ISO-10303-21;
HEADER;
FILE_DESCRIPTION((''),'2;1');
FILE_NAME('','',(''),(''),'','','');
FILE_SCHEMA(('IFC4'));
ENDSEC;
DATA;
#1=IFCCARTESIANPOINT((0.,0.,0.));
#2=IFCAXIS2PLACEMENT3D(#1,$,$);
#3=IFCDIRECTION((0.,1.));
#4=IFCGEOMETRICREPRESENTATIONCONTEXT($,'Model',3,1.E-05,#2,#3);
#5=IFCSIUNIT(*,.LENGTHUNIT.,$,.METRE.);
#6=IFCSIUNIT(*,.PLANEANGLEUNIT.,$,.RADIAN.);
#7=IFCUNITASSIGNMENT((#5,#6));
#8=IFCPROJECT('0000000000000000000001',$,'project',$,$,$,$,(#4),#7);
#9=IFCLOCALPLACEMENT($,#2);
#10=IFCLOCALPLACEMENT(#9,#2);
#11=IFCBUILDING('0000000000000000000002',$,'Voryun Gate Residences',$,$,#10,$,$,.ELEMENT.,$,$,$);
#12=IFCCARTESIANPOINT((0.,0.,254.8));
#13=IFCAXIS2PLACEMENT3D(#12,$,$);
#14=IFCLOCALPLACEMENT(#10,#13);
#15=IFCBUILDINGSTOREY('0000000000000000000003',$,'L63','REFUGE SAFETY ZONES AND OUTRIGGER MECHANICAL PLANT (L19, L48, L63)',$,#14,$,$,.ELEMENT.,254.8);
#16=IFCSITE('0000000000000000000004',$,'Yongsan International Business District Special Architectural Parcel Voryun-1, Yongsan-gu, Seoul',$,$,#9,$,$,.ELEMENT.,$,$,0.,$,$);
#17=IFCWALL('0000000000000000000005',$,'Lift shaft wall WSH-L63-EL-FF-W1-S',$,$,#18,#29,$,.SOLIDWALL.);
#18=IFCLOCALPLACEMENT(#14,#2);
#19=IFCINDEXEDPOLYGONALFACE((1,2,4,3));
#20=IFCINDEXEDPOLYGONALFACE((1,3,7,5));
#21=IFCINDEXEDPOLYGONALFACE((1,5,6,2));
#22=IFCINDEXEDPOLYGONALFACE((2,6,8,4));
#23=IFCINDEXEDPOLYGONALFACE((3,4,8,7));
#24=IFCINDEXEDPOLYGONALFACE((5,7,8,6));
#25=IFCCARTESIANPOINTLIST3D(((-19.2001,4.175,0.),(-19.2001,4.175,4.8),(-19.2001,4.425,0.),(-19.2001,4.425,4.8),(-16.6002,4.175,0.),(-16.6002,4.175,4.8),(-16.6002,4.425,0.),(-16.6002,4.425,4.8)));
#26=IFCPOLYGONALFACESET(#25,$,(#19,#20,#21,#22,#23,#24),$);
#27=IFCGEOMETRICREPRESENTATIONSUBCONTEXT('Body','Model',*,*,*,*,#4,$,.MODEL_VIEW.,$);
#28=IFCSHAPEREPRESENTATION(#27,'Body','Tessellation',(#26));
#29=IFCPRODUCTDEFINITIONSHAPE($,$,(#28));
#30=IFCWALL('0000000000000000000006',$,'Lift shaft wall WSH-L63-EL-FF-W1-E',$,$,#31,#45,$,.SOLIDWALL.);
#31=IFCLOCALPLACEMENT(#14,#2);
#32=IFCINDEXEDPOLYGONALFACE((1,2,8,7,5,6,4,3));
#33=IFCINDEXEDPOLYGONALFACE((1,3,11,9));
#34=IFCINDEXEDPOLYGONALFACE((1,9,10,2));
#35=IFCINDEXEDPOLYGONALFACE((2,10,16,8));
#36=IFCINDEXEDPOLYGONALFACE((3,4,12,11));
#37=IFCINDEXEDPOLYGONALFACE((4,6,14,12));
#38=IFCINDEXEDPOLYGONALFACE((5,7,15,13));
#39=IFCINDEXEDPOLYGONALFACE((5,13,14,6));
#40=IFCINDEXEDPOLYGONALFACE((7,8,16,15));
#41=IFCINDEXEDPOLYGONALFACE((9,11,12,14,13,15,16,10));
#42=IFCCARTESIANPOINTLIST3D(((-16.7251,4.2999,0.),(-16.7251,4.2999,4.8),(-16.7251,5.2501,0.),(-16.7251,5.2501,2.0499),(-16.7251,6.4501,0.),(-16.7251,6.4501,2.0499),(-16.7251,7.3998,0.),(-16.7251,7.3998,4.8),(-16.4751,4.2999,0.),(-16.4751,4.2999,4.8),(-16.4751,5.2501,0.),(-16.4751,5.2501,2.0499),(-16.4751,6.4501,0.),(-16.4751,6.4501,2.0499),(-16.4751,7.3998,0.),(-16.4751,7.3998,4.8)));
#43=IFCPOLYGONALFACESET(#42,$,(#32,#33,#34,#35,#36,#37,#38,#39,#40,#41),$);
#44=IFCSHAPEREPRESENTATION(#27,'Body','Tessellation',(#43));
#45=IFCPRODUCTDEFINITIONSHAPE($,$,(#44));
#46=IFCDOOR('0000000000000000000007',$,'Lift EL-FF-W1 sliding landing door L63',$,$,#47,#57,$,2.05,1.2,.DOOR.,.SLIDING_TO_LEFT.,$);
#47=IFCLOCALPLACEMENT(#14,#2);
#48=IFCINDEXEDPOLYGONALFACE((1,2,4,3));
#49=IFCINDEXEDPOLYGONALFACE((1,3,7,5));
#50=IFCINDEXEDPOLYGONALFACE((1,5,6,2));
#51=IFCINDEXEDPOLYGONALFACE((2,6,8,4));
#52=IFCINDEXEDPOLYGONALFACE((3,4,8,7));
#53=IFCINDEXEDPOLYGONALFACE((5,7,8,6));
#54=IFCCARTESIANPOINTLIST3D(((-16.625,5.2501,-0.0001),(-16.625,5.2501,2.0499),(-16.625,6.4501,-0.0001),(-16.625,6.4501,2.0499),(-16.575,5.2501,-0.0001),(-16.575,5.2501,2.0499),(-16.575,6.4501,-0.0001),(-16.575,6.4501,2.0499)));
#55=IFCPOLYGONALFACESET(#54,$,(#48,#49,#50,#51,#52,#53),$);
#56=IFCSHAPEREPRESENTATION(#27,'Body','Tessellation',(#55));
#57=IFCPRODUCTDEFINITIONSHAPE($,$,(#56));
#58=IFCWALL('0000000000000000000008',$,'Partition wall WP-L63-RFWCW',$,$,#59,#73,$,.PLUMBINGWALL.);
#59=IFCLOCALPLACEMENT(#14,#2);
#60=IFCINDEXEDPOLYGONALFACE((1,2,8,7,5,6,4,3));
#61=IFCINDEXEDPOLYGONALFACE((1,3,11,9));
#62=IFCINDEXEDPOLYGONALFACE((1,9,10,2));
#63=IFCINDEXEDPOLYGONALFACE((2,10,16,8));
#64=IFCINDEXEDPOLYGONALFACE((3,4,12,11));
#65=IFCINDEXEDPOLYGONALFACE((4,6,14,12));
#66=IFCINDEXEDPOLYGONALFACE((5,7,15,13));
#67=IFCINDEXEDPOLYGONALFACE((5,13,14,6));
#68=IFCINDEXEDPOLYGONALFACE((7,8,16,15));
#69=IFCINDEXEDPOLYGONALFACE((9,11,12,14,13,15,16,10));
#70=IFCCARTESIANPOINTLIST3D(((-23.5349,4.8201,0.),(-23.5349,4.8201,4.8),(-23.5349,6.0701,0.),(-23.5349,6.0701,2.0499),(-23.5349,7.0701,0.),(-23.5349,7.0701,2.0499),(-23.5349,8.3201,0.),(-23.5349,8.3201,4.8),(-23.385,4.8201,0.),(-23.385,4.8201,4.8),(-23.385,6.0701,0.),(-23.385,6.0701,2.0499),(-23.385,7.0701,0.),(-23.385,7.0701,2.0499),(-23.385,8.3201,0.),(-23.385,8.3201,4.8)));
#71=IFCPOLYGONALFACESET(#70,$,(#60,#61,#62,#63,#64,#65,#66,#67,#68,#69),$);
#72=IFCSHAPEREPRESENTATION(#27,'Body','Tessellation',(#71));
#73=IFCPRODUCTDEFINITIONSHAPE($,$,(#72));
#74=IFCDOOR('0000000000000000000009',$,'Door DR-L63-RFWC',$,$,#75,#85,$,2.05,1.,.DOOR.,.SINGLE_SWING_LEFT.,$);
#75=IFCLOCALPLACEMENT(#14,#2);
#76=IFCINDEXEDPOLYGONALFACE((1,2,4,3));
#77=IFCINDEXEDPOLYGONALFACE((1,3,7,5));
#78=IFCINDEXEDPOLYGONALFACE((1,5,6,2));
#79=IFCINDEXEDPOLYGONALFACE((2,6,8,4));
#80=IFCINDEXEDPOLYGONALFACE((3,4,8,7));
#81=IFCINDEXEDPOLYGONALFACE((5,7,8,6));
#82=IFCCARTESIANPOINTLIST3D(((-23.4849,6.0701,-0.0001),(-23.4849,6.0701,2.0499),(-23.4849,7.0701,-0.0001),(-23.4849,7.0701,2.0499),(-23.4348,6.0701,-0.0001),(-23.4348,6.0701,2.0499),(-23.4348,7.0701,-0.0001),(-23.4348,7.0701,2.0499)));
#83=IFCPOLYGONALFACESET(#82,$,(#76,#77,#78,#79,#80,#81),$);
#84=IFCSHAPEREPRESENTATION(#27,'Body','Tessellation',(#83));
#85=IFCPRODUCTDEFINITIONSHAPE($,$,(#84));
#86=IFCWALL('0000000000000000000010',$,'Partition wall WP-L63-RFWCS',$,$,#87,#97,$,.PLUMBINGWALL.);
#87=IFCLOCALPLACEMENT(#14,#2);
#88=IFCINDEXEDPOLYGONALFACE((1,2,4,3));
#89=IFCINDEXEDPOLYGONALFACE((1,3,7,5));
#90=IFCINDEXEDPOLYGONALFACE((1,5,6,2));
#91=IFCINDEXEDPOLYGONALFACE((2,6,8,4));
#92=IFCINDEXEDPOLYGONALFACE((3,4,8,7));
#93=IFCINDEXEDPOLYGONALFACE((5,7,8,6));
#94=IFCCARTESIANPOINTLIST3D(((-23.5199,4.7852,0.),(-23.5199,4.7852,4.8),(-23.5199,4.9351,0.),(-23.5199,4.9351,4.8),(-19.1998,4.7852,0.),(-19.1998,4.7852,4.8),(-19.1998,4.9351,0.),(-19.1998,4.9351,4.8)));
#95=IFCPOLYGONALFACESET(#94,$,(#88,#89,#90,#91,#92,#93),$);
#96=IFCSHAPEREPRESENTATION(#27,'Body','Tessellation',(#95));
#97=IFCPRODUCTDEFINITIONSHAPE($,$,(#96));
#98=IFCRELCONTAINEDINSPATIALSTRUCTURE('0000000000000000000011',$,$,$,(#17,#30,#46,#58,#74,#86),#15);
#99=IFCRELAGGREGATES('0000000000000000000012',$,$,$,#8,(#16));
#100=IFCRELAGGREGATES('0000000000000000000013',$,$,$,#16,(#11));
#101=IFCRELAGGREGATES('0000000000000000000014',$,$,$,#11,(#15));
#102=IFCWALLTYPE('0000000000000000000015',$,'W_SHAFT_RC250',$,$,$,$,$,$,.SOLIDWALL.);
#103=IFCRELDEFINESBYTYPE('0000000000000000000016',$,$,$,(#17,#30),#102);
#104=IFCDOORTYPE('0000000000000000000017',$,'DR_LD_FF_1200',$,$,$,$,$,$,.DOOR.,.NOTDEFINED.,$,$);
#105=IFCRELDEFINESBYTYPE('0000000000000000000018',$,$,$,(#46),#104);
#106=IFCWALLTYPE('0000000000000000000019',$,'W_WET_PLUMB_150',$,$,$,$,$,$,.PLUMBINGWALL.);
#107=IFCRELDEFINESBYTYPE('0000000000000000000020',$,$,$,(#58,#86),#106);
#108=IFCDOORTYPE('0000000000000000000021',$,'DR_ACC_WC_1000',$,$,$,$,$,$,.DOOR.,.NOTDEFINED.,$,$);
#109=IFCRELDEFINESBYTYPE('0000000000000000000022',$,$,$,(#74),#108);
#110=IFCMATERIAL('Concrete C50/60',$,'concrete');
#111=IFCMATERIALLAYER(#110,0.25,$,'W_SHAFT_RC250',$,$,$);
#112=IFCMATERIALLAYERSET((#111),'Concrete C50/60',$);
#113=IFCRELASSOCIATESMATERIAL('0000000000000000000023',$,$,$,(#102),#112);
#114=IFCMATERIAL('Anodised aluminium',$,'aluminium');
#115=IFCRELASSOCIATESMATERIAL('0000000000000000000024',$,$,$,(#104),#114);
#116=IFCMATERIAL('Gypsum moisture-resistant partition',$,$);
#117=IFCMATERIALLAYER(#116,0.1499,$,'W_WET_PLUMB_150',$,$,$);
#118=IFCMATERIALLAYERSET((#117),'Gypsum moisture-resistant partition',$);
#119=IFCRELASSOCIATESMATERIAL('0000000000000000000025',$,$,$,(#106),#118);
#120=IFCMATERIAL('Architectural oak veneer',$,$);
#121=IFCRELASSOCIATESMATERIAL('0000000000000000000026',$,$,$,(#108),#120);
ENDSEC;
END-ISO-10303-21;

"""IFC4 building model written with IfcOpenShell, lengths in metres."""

from ifc_helpers import new_model, si_unit, direction, frame, frame_2d, origin, place, context, subcontext, project, spatial, rectangle, extrude, material, layer, layer_set, type_object, element, fill, save


model = new_model("IFC4")

# Units and contexts
model_context = context("Model", 3, precision=1e-05, world=origin(), true_north=direction((0.0, 1.0)))
body_context = subcontext(model_context, "Body", "Model", "MODEL_VIEW")
ifc_project = project(units=[si_unit("LENGTHUNIT", "METRE"), si_unit("PLANEANGLEUNIT", "RADIAN")], contexts=[model_context])

# Site, building, storey
site_placement = place(None, origin())
site = spatial("IfcSite", under=ifc_project, at=site_placement, Name="Yongsan International Business District Special Architectural Parcel Voryun-1, Yongsan-gu, Seoul", CompositionType="ELEMENT", RefElevation=0.0)
building_placement = place(site_placement, origin())
building = spatial("IfcBuilding", under=site, at=building_placement, Name="Voryun Gate Residences", CompositionType="ELEMENT")
storey_placement = place(building_placement, frame((0.0, 0.0, 254.8)))
storey = spatial("IfcBuildingStorey", under=building, at=storey_placement, Name="L63", Description="REFUGE SAFETY ZONES AND OUTRIGGER MECHANICAL PLANT (L19, L48, L63)", CompositionType="ELEMENT", Elevation=254.8)

# Wall
ifc_material_1 = material(Name="Concrete C50/60", Category="concrete")
ifc_layer_1 = layer(ifc_material_1, 0.25, Name="W_SHAFT_RC250")
ifc_layer_set_1 = layer_set([ifc_layer_1], Name="Concrete C50/60")
wall_type_1 = type_object("IfcWallType", Name="W_SHAFT_RC250", PredefinedType="SOLIDWALL", material=ifc_layer_set_1)
wall_1_placement = place(storey_placement, frame((-19.2, 4.3, 0.0), z_axis=(0.0, 0.0, 1.0), x_axis=(1.0, 0.0, 0.0)))
element("IfcWall", 1, at=wall_1_placement, inside=storey, type_object=wall_type_1, Name="Lift shaft wall WSH-L63-EL-FF-W1-S", PredefinedType="SOLIDWALL", context=body_context, shape_type="SweptSolid", body=[
    extrude(rectangle(XDim=2.5999, YDim=0.25, at=frame_2d((1.2998, 0.0))), origin(), (0.0, 0.0, 1.0), 4.8),
])

# Walls, openings, doors
wall_2_placement = place(storey_placement, frame((-16.6001, 4.3, 0.0), z_axis=(0.0, 0.0, 1.0), x_axis=(0.0, 1.0, 0.0)))
wall_2 = element("IfcWall", 2, at=wall_2_placement, inside=storey, type_object=wall_type_1, Name="Lift shaft wall WSH-L63-EL-FF-W1-E", PredefinedType="SOLIDWALL", context=body_context, shape_type="SweptSolid", body=[
    extrude(rectangle(XDim=3.0999, YDim=0.25, at=frame_2d((1.5498, 0.0))), origin(), (0.0, 0.0, 1.0), 4.8),
])
opening_1_placement = place(wall_2_placement, frame((0.95, 0.0, 0.0)))
opening_1 = element("IfcOpeningElement", 3, at=opening_1_placement, cuts=wall_2, PredefinedType="OPENING", context=body_context, shape_type="SweptSolid", body=[
    extrude(rectangle(XDim=1.2, YDim=2.05, at=frame_2d((0.6001, 1.0249))), frame((0.0, 0.135, 0.0), z_axis=(0.0, -1.0, 0.0), x_axis=(1.0, 0.0, 0.0)), (0.0, 0.0, 1.0), 0.27),
])
ifc_material_2 = material(Name="Anodised aluminium", Category="aluminium")
door_type_1 = type_object("IfcDoorType", Name="DR_LD_FF_1200", OperationType="NOTDEFINED", PredefinedType="DOOR", material=ifc_material_2)
door_1_placement = place(opening_1_placement, origin())
door_1 = element("IfcDoor", 4, at=door_1_placement, inside=storey, type_object=door_type_1, Name="Lift EL-FF-W1 sliding landing door L63", OperationType="SLIDING_TO_LEFT", OverallHeight=2.05, OverallWidth=1.2, PredefinedType="DOOR", context=body_context, shape_type="SweptSolid", body=[
    extrude(rectangle(XDim=1.2, YDim=2.05, at=frame_2d((0.6001, 1.0249))), frame((0.0, 0.0249, 0.0), z_axis=(0.0, -1.0, 0.0), x_axis=(1.0, 0.0, 0.0)), (0.0, 0.0, 1.0), 0.05),
])
fill(opening_1, door_1)
ifc_material_3 = material(Name="Gypsum moisture-resistant partition")
ifc_layer_2 = layer(ifc_material_3, 0.1499, Name="W_WET_PLUMB_150")
ifc_layer_set_2 = layer_set([ifc_layer_2], Name="Gypsum moisture-resistant partition")
wall_type_2 = type_object("IfcWallType", Name="W_WET_PLUMB_150", PredefinedType="PLUMBINGWALL", material=ifc_layer_set_2)
wall_3_placement = place(storey_placement, frame((-23.46, 4.8201, 0.0), z_axis=(0.0, 0.0, 1.0), x_axis=(0.0, 1.0, 0.0)))
wall_3 = element("IfcWall", 5, at=wall_3_placement, inside=storey, type_object=wall_type_2, Name="Partition wall WP-L63-RFWCW", PredefinedType="PLUMBINGWALL", context=body_context, shape_type="SweptSolid", body=[
    extrude(rectangle(XDim=3.5, YDim=0.1499, at=frame_2d((1.75, 0.0))), origin(), (0.0, 0.0, 1.0), 4.8),
])
opening_2_placement = place(wall_3_placement, frame((1.25, 0.0, 0.0)))
opening_2 = element("IfcOpeningElement", 6, at=opening_2_placement, cuts=wall_3, PredefinedType="OPENING", context=body_context, shape_type="SweptSolid", body=[
    extrude(rectangle(XDim=1.0, YDim=2.05, at=frame_2d((0.5, 1.0249))), frame((0.0, 0.085, 0.0), z_axis=(0.0, -1.0, 0.0), x_axis=(1.0, 0.0, 0.0)), (0.0, 0.0, 1.0), 0.1699),
])
ifc_material_4 = material(Name="Architectural oak veneer")
door_type_2 = type_object("IfcDoorType", Name="DR_ACC_WC_1000", OperationType="NOTDEFINED", PredefinedType="DOOR", material=ifc_material_4)
door_2_placement = place(opening_2_placement, origin())
door_2 = element("IfcDoor", 7, at=door_2_placement, inside=storey, type_object=door_type_2, Name="Door DR-L63-RFWC", OperationType="SINGLE_SWING_LEFT", OverallHeight=2.05, OverallWidth=1.0, PredefinedType="DOOR", context=body_context, shape_type="SweptSolid", body=[
    extrude(rectangle(XDim=1.0, YDim=2.05, at=frame_2d((0.5, 1.0249))), frame((0.0, 0.0249, 0.0), z_axis=(0.0, -1.0, 0.0), x_axis=(1.0, 0.0, 0.0)), (0.0, 0.0, 1.0), 0.05),
])
fill(opening_2, door_2)

# Wall
wall_4_placement = place(storey_placement, frame((-23.52, 4.8601, 0.0), z_axis=(0.0, 0.0, 1.0), x_axis=(1.0, 0.0, 0.0)))
element("IfcWall", 8, at=wall_4_placement, inside=storey, type_object=wall_type_2, Name="Partition wall WP-L63-RFWCS", PredefinedType="PLUMBINGWALL", context=body_context, shape_type="SweptSolid", body=[
    extrude(rectangle(XDim=4.3201, YDim=0.1499, at=frame_2d((2.1602, 0.0))), origin(), (0.0, 0.0, 1.0), 4.8),
])

save(model, "model.ifc")
